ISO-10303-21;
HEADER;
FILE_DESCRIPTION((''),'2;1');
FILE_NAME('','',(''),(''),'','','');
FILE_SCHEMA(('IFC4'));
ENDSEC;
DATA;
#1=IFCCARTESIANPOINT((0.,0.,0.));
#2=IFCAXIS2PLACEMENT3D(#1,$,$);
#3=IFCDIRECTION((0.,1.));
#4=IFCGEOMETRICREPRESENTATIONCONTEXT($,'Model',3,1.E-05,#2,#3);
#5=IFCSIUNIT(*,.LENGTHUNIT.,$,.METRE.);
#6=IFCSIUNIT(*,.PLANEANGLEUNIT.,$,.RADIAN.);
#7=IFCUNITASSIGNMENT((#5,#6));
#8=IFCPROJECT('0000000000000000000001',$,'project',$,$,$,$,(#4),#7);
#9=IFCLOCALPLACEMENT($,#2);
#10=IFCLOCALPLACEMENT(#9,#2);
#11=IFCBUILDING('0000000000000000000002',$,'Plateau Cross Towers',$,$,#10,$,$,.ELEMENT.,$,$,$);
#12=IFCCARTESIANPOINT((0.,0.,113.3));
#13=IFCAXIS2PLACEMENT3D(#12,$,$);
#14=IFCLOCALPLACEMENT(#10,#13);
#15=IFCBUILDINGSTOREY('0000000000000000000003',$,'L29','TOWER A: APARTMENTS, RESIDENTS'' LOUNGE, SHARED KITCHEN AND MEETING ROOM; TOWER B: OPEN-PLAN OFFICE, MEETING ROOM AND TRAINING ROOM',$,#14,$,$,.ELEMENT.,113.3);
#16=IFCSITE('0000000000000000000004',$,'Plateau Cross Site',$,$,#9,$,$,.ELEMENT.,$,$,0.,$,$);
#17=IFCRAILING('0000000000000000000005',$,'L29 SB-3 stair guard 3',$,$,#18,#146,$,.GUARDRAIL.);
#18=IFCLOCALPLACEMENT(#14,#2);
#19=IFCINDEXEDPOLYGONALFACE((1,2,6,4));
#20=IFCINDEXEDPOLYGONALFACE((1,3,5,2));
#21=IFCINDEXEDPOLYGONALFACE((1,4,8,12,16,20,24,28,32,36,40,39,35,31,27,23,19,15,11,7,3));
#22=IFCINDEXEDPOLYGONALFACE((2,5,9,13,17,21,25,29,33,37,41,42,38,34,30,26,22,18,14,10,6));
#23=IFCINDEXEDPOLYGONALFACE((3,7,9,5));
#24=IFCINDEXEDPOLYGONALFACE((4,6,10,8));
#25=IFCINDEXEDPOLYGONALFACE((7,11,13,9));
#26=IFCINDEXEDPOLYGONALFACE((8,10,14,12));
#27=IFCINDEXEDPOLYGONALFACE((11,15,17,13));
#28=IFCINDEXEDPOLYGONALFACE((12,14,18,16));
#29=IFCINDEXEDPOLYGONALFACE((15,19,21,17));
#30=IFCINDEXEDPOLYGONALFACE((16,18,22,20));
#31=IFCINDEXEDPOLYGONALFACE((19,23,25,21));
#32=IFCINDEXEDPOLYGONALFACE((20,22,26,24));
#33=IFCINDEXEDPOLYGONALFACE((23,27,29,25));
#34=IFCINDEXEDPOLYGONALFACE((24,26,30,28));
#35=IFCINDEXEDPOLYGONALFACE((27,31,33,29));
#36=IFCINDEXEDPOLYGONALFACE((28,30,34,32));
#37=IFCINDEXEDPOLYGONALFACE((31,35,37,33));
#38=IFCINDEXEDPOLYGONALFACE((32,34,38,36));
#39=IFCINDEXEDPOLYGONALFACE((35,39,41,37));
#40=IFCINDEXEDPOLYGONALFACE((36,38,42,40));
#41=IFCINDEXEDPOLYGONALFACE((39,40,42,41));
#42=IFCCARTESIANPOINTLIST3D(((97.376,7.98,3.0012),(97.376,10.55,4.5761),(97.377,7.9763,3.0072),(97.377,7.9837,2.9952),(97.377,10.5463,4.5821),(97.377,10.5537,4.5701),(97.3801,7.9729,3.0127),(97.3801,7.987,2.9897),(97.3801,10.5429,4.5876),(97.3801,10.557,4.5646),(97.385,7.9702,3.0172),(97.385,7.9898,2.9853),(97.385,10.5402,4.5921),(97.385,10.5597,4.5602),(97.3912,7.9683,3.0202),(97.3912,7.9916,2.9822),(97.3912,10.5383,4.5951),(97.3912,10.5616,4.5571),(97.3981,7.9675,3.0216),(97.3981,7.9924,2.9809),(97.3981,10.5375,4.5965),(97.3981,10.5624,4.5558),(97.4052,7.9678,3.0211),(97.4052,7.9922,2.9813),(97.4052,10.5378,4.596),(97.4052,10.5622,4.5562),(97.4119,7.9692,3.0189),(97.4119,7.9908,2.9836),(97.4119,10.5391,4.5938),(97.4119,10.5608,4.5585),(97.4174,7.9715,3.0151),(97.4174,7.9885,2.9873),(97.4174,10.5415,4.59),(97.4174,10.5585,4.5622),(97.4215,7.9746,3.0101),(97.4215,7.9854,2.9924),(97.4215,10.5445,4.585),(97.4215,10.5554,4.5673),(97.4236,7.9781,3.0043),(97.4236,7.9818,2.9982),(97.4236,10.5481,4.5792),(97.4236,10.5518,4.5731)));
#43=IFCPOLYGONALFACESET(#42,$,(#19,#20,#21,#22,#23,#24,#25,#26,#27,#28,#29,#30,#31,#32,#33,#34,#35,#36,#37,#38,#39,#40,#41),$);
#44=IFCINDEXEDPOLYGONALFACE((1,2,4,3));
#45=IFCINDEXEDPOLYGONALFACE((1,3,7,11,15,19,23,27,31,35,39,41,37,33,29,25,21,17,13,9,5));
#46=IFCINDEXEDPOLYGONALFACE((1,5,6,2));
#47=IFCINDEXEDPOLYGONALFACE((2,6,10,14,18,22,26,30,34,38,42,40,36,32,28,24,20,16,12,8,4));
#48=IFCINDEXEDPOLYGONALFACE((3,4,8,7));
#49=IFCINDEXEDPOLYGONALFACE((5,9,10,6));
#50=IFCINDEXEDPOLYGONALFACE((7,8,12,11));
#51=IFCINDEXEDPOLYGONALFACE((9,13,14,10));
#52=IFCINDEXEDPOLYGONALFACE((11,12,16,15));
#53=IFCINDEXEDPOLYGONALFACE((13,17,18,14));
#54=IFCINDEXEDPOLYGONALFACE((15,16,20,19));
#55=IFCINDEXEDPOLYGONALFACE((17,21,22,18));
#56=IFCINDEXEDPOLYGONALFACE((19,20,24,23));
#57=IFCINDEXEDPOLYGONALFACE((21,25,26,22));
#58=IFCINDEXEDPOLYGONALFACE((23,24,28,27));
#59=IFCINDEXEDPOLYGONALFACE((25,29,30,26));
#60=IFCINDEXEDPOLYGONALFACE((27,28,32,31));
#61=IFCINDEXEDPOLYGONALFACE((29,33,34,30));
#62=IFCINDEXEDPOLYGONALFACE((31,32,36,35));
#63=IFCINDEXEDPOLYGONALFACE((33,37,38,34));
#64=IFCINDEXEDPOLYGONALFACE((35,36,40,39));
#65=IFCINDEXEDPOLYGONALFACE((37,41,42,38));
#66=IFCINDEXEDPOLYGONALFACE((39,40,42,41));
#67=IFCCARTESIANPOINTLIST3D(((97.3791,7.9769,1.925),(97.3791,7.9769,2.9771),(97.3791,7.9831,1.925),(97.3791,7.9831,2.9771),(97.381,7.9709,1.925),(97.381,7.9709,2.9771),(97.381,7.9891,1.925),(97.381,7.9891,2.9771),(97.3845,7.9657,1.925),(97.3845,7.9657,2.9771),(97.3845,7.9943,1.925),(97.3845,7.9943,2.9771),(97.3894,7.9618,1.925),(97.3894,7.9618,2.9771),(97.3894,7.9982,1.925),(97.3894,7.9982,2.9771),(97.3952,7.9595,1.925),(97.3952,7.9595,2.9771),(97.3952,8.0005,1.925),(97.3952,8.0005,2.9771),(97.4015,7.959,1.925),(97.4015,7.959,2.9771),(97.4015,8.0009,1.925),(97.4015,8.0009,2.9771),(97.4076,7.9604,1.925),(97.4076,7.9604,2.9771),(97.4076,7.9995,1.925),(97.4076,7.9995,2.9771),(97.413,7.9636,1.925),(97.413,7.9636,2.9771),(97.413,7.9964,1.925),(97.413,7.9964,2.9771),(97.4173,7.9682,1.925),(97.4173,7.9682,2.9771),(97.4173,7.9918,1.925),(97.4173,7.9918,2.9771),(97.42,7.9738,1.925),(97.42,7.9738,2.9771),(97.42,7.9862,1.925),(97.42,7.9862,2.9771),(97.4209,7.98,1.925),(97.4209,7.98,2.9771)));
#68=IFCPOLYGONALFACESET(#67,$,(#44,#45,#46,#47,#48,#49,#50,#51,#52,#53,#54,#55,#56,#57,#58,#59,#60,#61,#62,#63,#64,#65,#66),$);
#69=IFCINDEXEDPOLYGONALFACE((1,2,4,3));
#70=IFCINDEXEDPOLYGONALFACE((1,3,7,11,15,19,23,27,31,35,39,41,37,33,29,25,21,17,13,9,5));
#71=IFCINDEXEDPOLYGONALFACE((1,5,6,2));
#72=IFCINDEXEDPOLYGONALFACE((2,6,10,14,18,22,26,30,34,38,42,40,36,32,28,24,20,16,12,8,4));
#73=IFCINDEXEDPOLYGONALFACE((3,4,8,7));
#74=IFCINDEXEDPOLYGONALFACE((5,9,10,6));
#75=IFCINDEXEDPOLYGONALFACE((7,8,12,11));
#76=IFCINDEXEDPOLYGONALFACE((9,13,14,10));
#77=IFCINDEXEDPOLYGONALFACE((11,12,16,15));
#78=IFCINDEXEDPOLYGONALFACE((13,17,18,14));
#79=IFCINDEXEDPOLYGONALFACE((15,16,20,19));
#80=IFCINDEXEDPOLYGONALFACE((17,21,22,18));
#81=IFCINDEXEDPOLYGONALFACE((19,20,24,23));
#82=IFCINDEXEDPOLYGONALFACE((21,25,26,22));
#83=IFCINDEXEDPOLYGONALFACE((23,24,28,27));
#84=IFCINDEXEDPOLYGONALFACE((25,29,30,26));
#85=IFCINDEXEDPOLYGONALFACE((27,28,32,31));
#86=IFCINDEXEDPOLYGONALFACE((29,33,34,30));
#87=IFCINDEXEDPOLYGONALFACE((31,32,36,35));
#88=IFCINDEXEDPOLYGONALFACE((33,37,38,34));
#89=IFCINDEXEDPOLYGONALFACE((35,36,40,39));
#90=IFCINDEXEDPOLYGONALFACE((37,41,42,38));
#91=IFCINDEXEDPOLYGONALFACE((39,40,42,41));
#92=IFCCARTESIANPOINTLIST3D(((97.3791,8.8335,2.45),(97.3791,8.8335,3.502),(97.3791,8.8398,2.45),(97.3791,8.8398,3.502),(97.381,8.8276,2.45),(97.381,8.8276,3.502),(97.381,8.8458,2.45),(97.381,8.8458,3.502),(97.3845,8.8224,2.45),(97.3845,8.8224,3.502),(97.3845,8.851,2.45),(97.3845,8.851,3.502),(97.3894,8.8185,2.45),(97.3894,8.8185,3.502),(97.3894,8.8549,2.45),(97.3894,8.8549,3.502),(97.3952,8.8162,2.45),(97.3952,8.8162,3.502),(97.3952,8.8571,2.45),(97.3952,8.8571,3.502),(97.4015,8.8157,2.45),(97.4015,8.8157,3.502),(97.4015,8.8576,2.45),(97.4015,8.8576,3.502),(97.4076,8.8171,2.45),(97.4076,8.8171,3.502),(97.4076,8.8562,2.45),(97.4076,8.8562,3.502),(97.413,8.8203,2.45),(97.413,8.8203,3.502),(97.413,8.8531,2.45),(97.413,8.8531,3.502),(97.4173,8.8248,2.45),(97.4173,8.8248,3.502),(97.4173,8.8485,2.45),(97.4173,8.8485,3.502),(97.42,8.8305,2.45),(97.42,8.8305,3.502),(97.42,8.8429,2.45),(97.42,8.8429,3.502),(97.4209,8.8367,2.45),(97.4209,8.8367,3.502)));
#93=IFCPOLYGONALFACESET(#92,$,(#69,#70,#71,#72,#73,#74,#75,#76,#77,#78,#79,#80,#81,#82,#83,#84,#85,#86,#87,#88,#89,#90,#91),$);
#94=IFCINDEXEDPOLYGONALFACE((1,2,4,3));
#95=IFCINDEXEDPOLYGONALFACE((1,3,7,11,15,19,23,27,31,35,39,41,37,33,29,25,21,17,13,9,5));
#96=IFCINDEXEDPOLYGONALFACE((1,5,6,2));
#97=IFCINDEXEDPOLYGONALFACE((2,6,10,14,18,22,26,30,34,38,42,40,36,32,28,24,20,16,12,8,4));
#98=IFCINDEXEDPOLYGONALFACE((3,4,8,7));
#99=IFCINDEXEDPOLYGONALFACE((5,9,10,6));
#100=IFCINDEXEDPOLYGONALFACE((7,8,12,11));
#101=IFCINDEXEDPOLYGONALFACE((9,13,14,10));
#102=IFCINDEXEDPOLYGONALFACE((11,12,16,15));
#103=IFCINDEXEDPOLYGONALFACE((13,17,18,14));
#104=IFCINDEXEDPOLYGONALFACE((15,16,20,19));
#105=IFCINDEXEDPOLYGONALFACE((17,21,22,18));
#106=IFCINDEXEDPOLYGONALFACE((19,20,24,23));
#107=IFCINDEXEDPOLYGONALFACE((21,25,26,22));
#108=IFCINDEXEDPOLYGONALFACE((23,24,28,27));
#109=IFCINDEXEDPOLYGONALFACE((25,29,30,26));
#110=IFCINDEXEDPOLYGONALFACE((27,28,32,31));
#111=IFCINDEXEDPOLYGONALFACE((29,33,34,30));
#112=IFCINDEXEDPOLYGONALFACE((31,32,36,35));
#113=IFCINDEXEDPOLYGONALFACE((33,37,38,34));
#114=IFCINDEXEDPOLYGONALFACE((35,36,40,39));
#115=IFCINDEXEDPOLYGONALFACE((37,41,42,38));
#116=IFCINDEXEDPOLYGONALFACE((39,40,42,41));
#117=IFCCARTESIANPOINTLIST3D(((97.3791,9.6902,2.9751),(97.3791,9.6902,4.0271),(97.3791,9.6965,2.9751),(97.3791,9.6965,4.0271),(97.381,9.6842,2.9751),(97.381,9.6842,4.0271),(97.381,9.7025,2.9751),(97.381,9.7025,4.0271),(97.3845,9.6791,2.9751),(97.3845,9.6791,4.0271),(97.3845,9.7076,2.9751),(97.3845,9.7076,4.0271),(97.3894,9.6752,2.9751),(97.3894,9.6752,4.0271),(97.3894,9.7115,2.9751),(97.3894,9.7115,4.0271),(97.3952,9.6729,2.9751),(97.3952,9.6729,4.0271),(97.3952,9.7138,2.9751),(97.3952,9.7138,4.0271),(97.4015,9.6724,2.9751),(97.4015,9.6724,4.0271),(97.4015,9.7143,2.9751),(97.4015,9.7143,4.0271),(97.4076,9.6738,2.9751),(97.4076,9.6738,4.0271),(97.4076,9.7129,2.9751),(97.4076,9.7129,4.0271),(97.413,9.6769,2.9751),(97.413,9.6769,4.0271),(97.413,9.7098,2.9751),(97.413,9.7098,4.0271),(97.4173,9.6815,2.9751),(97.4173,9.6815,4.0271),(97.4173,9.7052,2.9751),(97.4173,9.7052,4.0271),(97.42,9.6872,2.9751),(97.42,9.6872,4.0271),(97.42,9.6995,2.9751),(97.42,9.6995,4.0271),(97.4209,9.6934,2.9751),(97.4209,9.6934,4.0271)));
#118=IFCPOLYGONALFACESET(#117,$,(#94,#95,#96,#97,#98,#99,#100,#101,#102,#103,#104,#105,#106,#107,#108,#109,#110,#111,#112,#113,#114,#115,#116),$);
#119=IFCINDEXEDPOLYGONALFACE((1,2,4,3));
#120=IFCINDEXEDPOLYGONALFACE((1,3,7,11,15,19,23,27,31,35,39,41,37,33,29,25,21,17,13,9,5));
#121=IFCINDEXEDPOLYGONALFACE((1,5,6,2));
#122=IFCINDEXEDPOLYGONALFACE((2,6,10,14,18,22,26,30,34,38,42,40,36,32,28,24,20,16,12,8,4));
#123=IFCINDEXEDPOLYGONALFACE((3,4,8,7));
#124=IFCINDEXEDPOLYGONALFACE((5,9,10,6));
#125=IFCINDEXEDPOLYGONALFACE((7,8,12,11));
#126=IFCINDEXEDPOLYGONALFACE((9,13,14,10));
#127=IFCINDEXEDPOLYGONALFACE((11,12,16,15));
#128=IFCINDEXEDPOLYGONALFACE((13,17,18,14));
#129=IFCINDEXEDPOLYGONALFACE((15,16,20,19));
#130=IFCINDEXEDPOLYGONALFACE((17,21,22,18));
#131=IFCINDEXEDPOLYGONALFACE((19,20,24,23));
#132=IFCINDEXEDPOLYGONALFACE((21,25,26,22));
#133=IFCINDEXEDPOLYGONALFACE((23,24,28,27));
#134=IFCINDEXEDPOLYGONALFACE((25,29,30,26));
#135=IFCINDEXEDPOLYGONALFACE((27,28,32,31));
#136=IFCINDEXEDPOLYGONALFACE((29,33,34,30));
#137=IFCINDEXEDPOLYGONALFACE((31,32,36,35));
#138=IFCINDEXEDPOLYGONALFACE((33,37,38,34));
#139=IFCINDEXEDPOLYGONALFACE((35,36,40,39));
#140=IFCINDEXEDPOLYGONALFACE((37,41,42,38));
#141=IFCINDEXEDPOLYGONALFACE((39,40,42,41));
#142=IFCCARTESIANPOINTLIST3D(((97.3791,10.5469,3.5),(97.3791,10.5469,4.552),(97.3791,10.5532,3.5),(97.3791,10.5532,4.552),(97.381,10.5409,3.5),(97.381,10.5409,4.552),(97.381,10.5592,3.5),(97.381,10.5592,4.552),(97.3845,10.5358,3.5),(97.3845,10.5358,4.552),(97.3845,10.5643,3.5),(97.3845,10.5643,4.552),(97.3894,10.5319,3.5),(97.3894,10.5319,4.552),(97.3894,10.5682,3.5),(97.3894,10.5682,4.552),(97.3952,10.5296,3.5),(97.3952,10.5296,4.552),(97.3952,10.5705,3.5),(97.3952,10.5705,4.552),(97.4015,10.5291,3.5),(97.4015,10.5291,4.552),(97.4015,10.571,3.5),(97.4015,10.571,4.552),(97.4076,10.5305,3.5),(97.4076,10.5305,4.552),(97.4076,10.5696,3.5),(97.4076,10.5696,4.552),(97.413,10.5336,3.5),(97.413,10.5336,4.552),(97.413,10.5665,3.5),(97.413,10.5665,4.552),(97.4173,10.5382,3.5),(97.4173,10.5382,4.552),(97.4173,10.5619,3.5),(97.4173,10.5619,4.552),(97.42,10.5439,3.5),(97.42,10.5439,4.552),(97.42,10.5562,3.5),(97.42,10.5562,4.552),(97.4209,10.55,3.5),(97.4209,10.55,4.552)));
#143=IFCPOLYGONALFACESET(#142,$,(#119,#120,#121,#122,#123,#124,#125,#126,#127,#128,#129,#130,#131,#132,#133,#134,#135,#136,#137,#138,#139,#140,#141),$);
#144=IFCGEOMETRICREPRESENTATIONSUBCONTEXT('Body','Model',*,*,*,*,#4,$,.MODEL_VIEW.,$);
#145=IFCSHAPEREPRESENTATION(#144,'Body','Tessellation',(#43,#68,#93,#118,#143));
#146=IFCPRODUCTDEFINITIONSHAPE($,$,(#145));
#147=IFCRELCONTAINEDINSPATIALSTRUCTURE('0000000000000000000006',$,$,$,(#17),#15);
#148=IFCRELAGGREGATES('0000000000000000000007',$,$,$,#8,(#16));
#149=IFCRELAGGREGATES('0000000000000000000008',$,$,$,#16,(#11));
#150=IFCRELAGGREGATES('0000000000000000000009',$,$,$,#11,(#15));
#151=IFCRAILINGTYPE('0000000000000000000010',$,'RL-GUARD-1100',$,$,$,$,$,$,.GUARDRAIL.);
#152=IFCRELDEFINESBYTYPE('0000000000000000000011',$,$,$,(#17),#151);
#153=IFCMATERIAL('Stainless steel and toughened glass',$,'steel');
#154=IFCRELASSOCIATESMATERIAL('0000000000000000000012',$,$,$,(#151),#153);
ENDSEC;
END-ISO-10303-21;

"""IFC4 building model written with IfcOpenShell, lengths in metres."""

from ifc_helpers import new_model, si_unit, direction, frame, origin, origin_2d, place, context, subcontext, project, spatial, circle, extrude, material, type_object, element, save


model = new_model("IFC4")

# Units and contexts
model_context = context("Model", 3, precision=1e-05, world=origin(), true_north=direction((0.0, 1.0)))
body_context = subcontext(model_context, "Body", "Model", "MODEL_VIEW")
ifc_project = project(units=[si_unit("LENGTHUNIT", "METRE"), si_unit("PLANEANGLEUNIT", "RADIAN")], contexts=[model_context])

# Site, building, storey
site_placement = place(None, origin())
site = spatial("IfcSite", under=ifc_project, at=site_placement, Name="Plateau Cross Site", CompositionType="ELEMENT", RefElevation=0.0)
building_placement = place(site_placement, origin())
building = spatial("IfcBuilding", under=site, at=building_placement, Name="Plateau Cross Towers", CompositionType="ELEMENT")
storey_placement = place(building_placement, frame((0.0, 0.0, 113.3)))
storey = spatial("IfcBuildingStorey", under=building, at=storey_placement, Name="L29", Description="TOWER A: APARTMENTS, RESIDENTS' LOUNGE, SHARED KITCHEN AND MEETING ROOM; TOWER B: OPEN-PLAN OFFICE, MEETING ROOM AND TRAINING ROOM", CompositionType="ELEMENT", Elevation=113.3)

# Railing
ifc_material_1 = material(Name="Stainless steel and toughened glass", Category="steel")
railing_type_1 = type_object("IfcRailingType", Name="RL-GUARD-1100", PredefinedType="GUARDRAIL", material=ifc_material_1)
railing_1_placement = place(storey_placement, frame((97.3999, 7.98, 1.925)))
element("IfcRailing", 1, at=railing_1_placement, inside=storey, type_object=railing_type_1, Name="L29 SB-3 stair guard 3", PredefinedType="GUARDRAIL", context=body_context, shape_type="SweptSolid", body=[
    extrude(circle(Radius=0.0239, at=origin_2d()), frame((0.0, 0.0, 1.0762), z_axis=(0.0, 0.852639, 0.522501), x_axis=(-1.0, 0.0, 0.0)), (0.0, 0.0, 1.0), 3.0142),
    extrude(circle(Radius=0.021, at=origin_2d()), origin(), (0.0, 0.0, 1.0), 1.052),
    extrude(circle(Radius=0.021, at=origin_2d()), frame((0.0, 0.8567, 0.5249)), (0.0, 0.0, 1.0), 1.052),
    extrude(circle(Radius=0.021, at=origin_2d()), frame((0.0, 1.7134, 1.05)), (0.0, 0.0, 1.0), 1.052),
    extrude(circle(Radius=0.021, at=origin_2d()), frame((0.0, 2.5701, 1.575)), (0.0, 0.0, 1.0), 1.052),
])

save(model, "model.ifc")
